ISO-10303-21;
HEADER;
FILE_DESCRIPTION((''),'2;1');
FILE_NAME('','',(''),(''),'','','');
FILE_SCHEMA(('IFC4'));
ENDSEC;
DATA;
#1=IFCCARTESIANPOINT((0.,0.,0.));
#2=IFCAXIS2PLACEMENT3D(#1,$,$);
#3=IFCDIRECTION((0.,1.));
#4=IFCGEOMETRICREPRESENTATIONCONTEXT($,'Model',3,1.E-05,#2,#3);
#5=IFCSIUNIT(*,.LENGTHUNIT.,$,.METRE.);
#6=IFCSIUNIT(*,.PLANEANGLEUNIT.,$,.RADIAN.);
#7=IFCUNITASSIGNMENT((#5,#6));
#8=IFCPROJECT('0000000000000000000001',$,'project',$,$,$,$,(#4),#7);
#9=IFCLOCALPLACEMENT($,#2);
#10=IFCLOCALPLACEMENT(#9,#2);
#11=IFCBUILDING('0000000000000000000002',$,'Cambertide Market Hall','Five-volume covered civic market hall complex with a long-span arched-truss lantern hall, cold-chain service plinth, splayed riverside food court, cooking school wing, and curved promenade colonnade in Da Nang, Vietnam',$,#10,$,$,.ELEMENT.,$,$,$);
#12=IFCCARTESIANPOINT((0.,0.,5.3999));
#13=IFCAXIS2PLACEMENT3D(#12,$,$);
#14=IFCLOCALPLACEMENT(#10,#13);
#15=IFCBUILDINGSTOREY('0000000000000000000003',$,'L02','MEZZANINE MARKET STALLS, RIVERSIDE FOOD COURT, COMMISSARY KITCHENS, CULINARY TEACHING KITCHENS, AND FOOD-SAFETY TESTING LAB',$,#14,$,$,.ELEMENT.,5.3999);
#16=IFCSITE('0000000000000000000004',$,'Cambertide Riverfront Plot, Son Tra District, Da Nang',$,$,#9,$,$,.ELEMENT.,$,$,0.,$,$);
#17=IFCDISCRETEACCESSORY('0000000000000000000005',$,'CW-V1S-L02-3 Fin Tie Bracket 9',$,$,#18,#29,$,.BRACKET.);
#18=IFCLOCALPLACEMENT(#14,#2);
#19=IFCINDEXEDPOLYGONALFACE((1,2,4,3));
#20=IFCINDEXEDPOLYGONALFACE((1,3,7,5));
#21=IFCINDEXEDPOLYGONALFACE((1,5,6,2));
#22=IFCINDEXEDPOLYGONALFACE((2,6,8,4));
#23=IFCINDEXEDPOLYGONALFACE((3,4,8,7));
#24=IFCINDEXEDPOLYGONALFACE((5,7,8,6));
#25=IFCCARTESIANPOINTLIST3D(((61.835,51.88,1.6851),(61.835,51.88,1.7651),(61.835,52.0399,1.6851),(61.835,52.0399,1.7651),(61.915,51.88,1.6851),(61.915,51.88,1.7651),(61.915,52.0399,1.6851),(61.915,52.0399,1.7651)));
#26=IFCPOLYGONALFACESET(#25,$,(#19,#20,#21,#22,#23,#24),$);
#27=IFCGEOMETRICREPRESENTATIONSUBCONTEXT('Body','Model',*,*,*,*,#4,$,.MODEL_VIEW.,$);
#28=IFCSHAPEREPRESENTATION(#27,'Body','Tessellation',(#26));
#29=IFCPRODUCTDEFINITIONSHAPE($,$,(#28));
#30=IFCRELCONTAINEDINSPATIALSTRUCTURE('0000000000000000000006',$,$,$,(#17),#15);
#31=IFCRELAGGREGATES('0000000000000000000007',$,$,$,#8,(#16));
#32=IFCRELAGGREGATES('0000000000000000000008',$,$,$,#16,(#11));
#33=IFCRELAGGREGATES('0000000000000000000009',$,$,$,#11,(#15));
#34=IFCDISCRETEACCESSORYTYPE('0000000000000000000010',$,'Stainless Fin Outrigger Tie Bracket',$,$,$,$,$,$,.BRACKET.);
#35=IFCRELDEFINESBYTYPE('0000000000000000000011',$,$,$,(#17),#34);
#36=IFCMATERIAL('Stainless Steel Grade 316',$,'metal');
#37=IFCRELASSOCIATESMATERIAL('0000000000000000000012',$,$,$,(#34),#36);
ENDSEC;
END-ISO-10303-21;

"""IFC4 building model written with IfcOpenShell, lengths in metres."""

from ifc_helpers import new_model, si_unit, direction, frame, origin, origin_2d, place, context, subcontext, project, spatial, rectangle, extrude, material, type_object, element, save


model = new_model("IFC4")

# Units and contexts
model_context = context("Model", 3, precision=1e-05, world=origin(), true_north=direction((0.0, 1.0)))
body_context = subcontext(model_context, "Body", "Model", "MODEL_VIEW")
ifc_project = project(units=[si_unit("LENGTHUNIT", "METRE"), si_unit("PLANEANGLEUNIT", "RADIAN")], contexts=[model_context])

# Site, building, storey
site_placement = place(None, origin())
site = spatial("IfcSite", under=ifc_project, at=site_placement, Name="Cambertide Riverfront Plot, Son Tra District, Da Nang", CompositionType="ELEMENT", RefElevation=0.0)
building_placement = place(site_placement, origin())
building = spatial("IfcBuilding", under=site, at=building_placement, Name="Cambertide Market Hall", Description="Five-volume covered civic market hall complex with a long-span arched-truss lantern hall, cold-chain service plinth, splayed riverside food court, cooking school wing, and curved promenade colonnade in Da Nang, Vietnam", CompositionType="ELEMENT")
storey_placement = place(building_placement, frame((0.0, 0.0, 5.3999)))
storey = spatial("IfcBuildingStorey", under=building, at=storey_placement, Name="L02", Description="MEZZANINE MARKET STALLS, RIVERSIDE FOOD COURT, COMMISSARY KITCHENS, CULINARY TEACHING KITCHENS, AND FOOD-SAFETY TESTING LAB", CompositionType="ELEMENT", Elevation=5.3999)

# Discrete accessory
ifc_material_1 = material(Name="Stainless Steel Grade 316", Category="metal")
discrete_accessory_type = type_object("IfcDiscreteAccessoryType", Name="Stainless Fin Outrigger Tie Bracket", PredefinedType="BRACKET", material=ifc_material_1)
for number, where, z_axis, x_axis, name in (
    (1, (61.875, 51.96, 1.6851), (0.0, 0.0, 1.0), (-1.0, 0.0, 0.0), "CW-V1S-L02-3 Fin Tie Bracket 9"),
):
    element("IfcDiscreteAccessory", number, at=place(storey_placement, frame(where, z_axis=z_axis, x_axis=x_axis)), inside=storey, type_object=discrete_accessory_type, Name=name, PredefinedType="BRACKET", context=body_context, shape_type="SweptSolid", body=[
        extrude(rectangle(XDim=0.0801, YDim=0.1599, at=origin_2d()), origin(), (0.0, 0.0, 1.0), 0.0801),
    ])

save(model, "model.ifc")
